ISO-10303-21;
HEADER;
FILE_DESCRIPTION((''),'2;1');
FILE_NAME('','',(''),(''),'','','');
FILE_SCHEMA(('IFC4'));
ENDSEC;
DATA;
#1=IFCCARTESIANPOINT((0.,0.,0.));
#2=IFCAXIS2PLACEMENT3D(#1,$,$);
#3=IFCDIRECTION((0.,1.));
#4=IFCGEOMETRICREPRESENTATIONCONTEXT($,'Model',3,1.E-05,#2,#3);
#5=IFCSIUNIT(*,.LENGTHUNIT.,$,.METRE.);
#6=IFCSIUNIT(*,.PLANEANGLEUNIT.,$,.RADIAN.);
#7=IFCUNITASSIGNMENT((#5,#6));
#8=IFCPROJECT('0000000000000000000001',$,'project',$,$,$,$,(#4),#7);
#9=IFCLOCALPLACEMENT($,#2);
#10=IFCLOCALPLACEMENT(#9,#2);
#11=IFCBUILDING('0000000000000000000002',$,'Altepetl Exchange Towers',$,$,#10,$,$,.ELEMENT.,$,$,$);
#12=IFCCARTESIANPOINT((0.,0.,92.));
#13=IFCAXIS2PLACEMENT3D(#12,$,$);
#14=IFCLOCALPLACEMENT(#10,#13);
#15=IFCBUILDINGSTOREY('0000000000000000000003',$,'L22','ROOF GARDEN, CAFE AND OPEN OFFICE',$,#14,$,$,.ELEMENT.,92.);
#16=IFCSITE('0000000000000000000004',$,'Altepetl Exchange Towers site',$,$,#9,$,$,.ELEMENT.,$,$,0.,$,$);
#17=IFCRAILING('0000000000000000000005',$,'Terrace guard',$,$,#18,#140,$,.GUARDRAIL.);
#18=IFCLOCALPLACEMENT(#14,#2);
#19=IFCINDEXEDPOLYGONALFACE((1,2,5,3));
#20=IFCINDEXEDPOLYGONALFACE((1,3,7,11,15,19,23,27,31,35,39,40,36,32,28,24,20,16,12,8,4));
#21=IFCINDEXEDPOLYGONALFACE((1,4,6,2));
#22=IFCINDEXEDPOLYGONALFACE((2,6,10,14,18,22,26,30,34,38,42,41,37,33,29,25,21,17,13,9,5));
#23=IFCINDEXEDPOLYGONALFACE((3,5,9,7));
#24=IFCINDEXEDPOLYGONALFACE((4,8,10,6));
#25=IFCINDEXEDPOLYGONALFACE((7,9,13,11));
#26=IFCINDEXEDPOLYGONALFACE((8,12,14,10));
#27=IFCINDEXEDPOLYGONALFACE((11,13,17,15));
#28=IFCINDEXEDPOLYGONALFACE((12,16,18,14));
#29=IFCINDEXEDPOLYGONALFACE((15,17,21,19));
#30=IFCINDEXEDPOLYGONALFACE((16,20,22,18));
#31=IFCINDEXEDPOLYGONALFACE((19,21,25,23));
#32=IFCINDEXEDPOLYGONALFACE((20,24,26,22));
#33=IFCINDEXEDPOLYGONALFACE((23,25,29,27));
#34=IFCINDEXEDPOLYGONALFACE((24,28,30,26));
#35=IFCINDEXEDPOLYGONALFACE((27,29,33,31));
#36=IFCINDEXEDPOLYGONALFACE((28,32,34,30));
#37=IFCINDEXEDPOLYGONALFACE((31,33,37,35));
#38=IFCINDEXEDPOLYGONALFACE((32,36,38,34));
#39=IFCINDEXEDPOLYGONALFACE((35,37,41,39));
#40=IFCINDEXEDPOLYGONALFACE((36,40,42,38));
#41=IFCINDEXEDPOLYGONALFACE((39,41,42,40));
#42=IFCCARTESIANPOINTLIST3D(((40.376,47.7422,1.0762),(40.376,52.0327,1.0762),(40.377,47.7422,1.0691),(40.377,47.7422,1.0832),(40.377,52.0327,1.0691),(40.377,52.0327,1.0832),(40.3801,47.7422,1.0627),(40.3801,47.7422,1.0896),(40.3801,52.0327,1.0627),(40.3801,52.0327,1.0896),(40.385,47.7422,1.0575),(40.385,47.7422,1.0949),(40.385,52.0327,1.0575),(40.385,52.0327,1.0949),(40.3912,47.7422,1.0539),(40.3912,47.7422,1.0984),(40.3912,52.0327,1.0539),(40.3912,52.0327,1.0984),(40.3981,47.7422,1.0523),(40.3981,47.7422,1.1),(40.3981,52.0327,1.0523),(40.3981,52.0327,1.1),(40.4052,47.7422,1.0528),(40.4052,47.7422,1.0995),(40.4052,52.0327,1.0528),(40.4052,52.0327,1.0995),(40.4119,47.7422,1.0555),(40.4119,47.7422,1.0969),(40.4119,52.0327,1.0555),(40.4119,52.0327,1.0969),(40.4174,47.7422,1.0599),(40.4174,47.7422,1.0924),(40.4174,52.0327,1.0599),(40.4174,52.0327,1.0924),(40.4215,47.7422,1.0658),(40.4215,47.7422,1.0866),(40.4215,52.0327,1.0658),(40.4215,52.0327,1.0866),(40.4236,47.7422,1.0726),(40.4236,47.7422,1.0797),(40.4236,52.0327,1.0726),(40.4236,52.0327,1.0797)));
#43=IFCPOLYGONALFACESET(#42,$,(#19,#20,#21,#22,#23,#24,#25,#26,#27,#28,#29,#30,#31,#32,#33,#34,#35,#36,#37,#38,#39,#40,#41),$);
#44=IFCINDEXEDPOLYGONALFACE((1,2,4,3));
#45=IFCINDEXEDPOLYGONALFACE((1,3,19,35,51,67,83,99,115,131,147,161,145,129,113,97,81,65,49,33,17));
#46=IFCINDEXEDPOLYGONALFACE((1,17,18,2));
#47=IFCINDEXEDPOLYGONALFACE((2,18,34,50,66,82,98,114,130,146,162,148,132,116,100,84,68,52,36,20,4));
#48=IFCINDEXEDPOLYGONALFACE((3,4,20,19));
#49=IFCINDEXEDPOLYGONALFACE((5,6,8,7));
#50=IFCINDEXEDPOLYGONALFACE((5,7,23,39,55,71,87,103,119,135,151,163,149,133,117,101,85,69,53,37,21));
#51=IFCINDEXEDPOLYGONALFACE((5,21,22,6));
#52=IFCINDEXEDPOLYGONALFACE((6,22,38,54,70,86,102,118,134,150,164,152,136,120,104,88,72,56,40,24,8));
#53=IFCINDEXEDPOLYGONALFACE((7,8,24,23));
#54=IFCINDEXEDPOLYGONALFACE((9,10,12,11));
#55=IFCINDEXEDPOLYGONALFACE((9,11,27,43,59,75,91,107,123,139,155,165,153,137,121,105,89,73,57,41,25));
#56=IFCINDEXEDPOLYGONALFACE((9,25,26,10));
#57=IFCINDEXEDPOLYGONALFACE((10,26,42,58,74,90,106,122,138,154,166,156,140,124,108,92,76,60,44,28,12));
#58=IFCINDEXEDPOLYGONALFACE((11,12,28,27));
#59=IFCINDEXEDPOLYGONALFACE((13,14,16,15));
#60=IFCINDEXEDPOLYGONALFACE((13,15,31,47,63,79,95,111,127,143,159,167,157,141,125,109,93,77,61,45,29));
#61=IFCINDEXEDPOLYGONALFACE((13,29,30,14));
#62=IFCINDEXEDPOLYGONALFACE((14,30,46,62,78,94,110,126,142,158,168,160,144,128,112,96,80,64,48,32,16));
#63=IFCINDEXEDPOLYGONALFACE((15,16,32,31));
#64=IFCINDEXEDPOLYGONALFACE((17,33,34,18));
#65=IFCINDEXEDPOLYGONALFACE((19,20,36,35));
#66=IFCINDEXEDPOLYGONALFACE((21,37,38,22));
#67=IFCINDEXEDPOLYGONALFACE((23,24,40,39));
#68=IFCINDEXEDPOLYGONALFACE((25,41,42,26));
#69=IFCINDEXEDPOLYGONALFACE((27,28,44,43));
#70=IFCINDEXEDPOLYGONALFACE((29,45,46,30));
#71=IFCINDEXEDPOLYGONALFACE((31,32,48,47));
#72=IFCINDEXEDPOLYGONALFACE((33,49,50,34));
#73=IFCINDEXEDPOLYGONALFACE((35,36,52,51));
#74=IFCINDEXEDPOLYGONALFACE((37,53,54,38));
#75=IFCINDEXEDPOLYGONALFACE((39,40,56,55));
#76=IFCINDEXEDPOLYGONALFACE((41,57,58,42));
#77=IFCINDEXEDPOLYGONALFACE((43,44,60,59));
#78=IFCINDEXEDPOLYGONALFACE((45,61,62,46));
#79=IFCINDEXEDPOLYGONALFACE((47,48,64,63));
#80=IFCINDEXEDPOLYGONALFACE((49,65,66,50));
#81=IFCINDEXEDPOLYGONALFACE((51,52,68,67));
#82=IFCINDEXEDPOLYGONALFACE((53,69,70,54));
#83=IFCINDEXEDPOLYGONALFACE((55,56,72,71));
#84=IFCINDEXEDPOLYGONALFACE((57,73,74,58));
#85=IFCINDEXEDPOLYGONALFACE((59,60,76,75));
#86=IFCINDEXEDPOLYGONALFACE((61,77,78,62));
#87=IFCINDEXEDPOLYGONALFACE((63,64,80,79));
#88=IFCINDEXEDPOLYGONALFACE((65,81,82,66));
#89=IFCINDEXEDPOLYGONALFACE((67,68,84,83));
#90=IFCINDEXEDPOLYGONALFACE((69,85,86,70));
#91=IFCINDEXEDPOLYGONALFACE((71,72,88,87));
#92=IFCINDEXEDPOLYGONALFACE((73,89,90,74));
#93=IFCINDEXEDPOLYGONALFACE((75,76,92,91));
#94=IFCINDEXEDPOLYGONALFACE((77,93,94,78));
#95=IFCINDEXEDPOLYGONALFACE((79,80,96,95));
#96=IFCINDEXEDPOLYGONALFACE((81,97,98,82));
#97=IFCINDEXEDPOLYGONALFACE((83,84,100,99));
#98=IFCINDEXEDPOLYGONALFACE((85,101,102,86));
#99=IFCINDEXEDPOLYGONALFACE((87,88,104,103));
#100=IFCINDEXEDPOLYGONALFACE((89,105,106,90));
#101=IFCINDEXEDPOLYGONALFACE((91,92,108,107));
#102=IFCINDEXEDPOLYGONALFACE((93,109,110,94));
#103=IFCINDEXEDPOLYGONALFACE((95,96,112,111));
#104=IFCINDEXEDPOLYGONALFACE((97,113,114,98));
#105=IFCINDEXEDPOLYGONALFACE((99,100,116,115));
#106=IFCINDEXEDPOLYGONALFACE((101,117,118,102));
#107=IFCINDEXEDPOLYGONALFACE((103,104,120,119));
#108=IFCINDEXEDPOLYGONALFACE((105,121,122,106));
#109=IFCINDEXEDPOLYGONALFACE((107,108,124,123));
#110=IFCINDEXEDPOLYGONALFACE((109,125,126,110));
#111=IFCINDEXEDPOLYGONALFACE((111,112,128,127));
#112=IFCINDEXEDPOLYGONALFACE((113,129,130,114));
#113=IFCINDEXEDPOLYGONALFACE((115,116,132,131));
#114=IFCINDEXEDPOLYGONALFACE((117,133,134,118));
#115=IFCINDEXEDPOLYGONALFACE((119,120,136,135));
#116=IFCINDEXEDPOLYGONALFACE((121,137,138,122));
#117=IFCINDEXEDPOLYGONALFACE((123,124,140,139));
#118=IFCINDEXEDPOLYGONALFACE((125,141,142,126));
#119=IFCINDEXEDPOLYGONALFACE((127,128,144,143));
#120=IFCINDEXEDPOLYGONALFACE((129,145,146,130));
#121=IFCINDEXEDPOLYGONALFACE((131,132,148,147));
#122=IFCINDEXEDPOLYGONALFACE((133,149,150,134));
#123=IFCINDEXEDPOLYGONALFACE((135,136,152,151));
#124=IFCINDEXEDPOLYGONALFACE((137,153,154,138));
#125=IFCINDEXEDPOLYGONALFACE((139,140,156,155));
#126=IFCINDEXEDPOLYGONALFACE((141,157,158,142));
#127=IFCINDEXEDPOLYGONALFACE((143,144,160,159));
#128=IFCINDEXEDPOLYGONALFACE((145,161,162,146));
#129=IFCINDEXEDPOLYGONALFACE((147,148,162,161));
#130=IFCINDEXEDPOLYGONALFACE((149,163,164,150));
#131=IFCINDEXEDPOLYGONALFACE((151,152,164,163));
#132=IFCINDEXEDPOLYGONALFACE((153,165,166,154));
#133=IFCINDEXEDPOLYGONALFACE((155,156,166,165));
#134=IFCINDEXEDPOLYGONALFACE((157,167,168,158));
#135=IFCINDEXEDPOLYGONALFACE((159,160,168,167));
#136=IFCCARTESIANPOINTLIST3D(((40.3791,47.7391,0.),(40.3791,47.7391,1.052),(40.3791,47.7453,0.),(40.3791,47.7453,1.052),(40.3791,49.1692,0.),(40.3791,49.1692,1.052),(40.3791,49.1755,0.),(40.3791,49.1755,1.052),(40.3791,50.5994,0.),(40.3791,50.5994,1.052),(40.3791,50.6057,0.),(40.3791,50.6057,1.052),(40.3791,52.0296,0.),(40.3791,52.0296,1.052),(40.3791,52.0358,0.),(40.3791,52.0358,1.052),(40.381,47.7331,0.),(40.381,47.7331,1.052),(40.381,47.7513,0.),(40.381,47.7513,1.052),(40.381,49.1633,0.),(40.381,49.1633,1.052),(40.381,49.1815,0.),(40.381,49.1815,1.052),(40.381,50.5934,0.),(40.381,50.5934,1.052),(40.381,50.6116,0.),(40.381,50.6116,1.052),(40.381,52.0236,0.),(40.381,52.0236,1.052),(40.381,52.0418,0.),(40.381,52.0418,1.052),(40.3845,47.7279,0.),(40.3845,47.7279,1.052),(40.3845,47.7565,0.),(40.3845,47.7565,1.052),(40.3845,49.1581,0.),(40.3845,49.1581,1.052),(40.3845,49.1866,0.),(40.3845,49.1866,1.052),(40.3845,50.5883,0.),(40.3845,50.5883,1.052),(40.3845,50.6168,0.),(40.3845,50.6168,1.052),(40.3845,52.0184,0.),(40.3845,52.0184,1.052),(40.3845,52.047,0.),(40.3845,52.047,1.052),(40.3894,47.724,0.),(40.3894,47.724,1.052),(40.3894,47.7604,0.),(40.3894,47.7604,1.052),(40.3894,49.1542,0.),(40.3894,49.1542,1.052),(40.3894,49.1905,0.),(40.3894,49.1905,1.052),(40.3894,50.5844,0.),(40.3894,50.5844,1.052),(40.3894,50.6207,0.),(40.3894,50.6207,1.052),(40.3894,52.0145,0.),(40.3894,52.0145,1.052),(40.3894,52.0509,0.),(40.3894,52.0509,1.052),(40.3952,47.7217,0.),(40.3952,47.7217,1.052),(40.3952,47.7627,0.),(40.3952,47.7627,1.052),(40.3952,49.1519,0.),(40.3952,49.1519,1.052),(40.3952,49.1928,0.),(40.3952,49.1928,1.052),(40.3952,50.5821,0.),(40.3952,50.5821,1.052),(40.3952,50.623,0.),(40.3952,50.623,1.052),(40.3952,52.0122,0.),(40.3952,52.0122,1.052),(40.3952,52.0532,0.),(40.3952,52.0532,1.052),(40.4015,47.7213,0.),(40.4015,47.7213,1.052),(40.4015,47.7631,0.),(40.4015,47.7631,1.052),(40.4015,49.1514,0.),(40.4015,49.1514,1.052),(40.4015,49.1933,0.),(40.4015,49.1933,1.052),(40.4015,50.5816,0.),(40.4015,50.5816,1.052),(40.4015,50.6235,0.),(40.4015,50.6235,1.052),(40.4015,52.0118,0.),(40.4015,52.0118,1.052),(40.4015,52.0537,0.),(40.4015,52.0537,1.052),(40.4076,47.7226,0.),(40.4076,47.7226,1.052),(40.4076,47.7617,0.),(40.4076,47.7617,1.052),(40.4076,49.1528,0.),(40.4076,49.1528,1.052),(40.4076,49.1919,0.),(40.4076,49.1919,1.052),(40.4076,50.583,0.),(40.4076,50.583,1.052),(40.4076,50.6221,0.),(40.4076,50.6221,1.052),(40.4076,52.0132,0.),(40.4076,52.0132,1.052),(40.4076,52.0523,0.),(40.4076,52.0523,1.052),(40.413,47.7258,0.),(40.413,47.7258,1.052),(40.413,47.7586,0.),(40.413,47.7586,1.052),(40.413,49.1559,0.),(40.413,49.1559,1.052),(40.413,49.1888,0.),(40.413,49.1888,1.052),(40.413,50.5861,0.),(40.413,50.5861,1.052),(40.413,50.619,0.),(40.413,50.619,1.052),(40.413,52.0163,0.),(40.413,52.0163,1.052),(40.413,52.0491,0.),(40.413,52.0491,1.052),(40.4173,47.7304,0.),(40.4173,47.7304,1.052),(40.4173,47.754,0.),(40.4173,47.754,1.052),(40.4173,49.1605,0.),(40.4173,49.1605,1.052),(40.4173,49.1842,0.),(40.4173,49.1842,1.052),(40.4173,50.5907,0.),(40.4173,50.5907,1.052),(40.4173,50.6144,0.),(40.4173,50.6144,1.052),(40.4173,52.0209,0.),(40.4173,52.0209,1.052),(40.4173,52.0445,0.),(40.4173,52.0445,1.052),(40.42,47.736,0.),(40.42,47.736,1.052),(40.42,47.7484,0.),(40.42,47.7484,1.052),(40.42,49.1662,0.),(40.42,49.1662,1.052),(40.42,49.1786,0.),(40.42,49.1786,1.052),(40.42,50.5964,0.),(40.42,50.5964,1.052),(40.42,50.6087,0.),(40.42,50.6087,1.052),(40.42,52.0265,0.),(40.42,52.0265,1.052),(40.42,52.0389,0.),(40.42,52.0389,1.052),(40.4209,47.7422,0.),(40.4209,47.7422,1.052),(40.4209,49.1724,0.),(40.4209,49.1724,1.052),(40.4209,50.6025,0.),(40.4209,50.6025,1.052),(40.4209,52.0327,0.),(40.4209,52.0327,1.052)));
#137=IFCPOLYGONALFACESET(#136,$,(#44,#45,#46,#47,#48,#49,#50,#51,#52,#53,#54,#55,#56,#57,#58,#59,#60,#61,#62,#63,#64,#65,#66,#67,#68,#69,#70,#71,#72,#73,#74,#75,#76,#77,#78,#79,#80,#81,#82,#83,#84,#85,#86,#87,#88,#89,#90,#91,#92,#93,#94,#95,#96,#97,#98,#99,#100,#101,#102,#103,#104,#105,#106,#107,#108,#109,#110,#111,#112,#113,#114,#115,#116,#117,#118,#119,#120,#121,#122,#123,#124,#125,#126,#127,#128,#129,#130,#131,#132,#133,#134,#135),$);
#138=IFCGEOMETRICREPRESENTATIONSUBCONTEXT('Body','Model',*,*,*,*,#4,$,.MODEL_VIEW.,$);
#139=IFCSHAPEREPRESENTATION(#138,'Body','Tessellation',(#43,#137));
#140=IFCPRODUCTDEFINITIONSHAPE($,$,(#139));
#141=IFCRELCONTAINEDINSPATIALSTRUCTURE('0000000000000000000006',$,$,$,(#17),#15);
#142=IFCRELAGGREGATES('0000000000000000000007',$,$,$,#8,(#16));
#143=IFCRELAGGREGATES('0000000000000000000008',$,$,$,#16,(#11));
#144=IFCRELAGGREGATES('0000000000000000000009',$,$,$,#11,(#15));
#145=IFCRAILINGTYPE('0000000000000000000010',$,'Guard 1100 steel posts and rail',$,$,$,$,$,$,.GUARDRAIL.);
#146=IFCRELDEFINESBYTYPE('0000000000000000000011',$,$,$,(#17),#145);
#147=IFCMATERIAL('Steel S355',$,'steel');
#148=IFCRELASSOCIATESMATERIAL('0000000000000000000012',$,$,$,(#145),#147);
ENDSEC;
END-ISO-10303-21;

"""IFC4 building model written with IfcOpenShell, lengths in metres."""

from ifc_helpers import new_model, si_unit, direction, frame, origin, origin_2d, place, context, subcontext, project, spatial, circle, extrude, source, transform, mapped, material, type_object, element, save


model = new_model("IFC4")

# Units and contexts
model_context = context("Model", 3, precision=1e-05, world=origin(), true_north=direction((0.0, 1.0)))
body_context = subcontext(model_context, "Body", "Model", "MODEL_VIEW")
ifc_project = project(units=[si_unit("LENGTHUNIT", "METRE"), si_unit("PLANEANGLEUNIT", "RADIAN")], contexts=[model_context])

# Site, building, storey
site_placement = place(None, origin())
site = spatial("IfcSite", under=ifc_project, at=site_placement, Name="Altepetl Exchange Towers site", CompositionType="ELEMENT", RefElevation=0.0)
building_placement = place(site_placement, origin())
building = spatial("IfcBuilding", under=site, at=building_placement, Name="Altepetl Exchange Towers", CompositionType="ELEMENT")
storey_placement = place(building_placement, frame((0.0, 0.0, 92.0)))
storey = spatial("IfcBuildingStorey", under=building, at=storey_placement, Name="L22", Description="ROOF GARDEN, CAFE AND OPEN OFFICE", CompositionType="ELEMENT", Elevation=92.0)

# Railing
ifc_material_1 = material(Name="Steel S355", Category="steel")
railing_type_1 = type_object("IfcRailingType", Name="Guard 1100 steel posts and rail", PredefinedType="GUARDRAIL", material=ifc_material_1)
shared_shape_1 = source(origin(), body_context, "Body", "SweptSolid", [
    extrude(circle(Radius=0.021, at=origin_2d()), origin(), (0.0, 0.0, 1.0), 1.052),
])
railing_1_placement = place(storey_placement, frame((40.3999, 47.7422, 0.0)))
element("IfcRailing", 1, at=railing_1_placement, inside=storey, type_object=railing_type_1, Name="Terrace guard", PredefinedType="GUARDRAIL", context=body_context, shape_type="SweptSolid", body=[
    extrude(circle(Radius=0.0239, at=origin_2d()), frame((0.0, 0.0, 1.0762), z_axis=(0.0, 1.0, 0.0), x_axis=(-1.0, 0.0, 0.0)), (0.0, 0.0, 1.0), 4.2905),
    mapped(shared_shape_1, transform((0.0, 0.0, 0.0))),
    mapped(shared_shape_1, transform((0.0, 1.4302, 0.0))),
    mapped(shared_shape_1, transform((0.0, 2.8604, 0.0))),
    mapped(shared_shape_1, transform((0.0, 4.2905, 0.0))),
])

save(model, "model.ifc")
